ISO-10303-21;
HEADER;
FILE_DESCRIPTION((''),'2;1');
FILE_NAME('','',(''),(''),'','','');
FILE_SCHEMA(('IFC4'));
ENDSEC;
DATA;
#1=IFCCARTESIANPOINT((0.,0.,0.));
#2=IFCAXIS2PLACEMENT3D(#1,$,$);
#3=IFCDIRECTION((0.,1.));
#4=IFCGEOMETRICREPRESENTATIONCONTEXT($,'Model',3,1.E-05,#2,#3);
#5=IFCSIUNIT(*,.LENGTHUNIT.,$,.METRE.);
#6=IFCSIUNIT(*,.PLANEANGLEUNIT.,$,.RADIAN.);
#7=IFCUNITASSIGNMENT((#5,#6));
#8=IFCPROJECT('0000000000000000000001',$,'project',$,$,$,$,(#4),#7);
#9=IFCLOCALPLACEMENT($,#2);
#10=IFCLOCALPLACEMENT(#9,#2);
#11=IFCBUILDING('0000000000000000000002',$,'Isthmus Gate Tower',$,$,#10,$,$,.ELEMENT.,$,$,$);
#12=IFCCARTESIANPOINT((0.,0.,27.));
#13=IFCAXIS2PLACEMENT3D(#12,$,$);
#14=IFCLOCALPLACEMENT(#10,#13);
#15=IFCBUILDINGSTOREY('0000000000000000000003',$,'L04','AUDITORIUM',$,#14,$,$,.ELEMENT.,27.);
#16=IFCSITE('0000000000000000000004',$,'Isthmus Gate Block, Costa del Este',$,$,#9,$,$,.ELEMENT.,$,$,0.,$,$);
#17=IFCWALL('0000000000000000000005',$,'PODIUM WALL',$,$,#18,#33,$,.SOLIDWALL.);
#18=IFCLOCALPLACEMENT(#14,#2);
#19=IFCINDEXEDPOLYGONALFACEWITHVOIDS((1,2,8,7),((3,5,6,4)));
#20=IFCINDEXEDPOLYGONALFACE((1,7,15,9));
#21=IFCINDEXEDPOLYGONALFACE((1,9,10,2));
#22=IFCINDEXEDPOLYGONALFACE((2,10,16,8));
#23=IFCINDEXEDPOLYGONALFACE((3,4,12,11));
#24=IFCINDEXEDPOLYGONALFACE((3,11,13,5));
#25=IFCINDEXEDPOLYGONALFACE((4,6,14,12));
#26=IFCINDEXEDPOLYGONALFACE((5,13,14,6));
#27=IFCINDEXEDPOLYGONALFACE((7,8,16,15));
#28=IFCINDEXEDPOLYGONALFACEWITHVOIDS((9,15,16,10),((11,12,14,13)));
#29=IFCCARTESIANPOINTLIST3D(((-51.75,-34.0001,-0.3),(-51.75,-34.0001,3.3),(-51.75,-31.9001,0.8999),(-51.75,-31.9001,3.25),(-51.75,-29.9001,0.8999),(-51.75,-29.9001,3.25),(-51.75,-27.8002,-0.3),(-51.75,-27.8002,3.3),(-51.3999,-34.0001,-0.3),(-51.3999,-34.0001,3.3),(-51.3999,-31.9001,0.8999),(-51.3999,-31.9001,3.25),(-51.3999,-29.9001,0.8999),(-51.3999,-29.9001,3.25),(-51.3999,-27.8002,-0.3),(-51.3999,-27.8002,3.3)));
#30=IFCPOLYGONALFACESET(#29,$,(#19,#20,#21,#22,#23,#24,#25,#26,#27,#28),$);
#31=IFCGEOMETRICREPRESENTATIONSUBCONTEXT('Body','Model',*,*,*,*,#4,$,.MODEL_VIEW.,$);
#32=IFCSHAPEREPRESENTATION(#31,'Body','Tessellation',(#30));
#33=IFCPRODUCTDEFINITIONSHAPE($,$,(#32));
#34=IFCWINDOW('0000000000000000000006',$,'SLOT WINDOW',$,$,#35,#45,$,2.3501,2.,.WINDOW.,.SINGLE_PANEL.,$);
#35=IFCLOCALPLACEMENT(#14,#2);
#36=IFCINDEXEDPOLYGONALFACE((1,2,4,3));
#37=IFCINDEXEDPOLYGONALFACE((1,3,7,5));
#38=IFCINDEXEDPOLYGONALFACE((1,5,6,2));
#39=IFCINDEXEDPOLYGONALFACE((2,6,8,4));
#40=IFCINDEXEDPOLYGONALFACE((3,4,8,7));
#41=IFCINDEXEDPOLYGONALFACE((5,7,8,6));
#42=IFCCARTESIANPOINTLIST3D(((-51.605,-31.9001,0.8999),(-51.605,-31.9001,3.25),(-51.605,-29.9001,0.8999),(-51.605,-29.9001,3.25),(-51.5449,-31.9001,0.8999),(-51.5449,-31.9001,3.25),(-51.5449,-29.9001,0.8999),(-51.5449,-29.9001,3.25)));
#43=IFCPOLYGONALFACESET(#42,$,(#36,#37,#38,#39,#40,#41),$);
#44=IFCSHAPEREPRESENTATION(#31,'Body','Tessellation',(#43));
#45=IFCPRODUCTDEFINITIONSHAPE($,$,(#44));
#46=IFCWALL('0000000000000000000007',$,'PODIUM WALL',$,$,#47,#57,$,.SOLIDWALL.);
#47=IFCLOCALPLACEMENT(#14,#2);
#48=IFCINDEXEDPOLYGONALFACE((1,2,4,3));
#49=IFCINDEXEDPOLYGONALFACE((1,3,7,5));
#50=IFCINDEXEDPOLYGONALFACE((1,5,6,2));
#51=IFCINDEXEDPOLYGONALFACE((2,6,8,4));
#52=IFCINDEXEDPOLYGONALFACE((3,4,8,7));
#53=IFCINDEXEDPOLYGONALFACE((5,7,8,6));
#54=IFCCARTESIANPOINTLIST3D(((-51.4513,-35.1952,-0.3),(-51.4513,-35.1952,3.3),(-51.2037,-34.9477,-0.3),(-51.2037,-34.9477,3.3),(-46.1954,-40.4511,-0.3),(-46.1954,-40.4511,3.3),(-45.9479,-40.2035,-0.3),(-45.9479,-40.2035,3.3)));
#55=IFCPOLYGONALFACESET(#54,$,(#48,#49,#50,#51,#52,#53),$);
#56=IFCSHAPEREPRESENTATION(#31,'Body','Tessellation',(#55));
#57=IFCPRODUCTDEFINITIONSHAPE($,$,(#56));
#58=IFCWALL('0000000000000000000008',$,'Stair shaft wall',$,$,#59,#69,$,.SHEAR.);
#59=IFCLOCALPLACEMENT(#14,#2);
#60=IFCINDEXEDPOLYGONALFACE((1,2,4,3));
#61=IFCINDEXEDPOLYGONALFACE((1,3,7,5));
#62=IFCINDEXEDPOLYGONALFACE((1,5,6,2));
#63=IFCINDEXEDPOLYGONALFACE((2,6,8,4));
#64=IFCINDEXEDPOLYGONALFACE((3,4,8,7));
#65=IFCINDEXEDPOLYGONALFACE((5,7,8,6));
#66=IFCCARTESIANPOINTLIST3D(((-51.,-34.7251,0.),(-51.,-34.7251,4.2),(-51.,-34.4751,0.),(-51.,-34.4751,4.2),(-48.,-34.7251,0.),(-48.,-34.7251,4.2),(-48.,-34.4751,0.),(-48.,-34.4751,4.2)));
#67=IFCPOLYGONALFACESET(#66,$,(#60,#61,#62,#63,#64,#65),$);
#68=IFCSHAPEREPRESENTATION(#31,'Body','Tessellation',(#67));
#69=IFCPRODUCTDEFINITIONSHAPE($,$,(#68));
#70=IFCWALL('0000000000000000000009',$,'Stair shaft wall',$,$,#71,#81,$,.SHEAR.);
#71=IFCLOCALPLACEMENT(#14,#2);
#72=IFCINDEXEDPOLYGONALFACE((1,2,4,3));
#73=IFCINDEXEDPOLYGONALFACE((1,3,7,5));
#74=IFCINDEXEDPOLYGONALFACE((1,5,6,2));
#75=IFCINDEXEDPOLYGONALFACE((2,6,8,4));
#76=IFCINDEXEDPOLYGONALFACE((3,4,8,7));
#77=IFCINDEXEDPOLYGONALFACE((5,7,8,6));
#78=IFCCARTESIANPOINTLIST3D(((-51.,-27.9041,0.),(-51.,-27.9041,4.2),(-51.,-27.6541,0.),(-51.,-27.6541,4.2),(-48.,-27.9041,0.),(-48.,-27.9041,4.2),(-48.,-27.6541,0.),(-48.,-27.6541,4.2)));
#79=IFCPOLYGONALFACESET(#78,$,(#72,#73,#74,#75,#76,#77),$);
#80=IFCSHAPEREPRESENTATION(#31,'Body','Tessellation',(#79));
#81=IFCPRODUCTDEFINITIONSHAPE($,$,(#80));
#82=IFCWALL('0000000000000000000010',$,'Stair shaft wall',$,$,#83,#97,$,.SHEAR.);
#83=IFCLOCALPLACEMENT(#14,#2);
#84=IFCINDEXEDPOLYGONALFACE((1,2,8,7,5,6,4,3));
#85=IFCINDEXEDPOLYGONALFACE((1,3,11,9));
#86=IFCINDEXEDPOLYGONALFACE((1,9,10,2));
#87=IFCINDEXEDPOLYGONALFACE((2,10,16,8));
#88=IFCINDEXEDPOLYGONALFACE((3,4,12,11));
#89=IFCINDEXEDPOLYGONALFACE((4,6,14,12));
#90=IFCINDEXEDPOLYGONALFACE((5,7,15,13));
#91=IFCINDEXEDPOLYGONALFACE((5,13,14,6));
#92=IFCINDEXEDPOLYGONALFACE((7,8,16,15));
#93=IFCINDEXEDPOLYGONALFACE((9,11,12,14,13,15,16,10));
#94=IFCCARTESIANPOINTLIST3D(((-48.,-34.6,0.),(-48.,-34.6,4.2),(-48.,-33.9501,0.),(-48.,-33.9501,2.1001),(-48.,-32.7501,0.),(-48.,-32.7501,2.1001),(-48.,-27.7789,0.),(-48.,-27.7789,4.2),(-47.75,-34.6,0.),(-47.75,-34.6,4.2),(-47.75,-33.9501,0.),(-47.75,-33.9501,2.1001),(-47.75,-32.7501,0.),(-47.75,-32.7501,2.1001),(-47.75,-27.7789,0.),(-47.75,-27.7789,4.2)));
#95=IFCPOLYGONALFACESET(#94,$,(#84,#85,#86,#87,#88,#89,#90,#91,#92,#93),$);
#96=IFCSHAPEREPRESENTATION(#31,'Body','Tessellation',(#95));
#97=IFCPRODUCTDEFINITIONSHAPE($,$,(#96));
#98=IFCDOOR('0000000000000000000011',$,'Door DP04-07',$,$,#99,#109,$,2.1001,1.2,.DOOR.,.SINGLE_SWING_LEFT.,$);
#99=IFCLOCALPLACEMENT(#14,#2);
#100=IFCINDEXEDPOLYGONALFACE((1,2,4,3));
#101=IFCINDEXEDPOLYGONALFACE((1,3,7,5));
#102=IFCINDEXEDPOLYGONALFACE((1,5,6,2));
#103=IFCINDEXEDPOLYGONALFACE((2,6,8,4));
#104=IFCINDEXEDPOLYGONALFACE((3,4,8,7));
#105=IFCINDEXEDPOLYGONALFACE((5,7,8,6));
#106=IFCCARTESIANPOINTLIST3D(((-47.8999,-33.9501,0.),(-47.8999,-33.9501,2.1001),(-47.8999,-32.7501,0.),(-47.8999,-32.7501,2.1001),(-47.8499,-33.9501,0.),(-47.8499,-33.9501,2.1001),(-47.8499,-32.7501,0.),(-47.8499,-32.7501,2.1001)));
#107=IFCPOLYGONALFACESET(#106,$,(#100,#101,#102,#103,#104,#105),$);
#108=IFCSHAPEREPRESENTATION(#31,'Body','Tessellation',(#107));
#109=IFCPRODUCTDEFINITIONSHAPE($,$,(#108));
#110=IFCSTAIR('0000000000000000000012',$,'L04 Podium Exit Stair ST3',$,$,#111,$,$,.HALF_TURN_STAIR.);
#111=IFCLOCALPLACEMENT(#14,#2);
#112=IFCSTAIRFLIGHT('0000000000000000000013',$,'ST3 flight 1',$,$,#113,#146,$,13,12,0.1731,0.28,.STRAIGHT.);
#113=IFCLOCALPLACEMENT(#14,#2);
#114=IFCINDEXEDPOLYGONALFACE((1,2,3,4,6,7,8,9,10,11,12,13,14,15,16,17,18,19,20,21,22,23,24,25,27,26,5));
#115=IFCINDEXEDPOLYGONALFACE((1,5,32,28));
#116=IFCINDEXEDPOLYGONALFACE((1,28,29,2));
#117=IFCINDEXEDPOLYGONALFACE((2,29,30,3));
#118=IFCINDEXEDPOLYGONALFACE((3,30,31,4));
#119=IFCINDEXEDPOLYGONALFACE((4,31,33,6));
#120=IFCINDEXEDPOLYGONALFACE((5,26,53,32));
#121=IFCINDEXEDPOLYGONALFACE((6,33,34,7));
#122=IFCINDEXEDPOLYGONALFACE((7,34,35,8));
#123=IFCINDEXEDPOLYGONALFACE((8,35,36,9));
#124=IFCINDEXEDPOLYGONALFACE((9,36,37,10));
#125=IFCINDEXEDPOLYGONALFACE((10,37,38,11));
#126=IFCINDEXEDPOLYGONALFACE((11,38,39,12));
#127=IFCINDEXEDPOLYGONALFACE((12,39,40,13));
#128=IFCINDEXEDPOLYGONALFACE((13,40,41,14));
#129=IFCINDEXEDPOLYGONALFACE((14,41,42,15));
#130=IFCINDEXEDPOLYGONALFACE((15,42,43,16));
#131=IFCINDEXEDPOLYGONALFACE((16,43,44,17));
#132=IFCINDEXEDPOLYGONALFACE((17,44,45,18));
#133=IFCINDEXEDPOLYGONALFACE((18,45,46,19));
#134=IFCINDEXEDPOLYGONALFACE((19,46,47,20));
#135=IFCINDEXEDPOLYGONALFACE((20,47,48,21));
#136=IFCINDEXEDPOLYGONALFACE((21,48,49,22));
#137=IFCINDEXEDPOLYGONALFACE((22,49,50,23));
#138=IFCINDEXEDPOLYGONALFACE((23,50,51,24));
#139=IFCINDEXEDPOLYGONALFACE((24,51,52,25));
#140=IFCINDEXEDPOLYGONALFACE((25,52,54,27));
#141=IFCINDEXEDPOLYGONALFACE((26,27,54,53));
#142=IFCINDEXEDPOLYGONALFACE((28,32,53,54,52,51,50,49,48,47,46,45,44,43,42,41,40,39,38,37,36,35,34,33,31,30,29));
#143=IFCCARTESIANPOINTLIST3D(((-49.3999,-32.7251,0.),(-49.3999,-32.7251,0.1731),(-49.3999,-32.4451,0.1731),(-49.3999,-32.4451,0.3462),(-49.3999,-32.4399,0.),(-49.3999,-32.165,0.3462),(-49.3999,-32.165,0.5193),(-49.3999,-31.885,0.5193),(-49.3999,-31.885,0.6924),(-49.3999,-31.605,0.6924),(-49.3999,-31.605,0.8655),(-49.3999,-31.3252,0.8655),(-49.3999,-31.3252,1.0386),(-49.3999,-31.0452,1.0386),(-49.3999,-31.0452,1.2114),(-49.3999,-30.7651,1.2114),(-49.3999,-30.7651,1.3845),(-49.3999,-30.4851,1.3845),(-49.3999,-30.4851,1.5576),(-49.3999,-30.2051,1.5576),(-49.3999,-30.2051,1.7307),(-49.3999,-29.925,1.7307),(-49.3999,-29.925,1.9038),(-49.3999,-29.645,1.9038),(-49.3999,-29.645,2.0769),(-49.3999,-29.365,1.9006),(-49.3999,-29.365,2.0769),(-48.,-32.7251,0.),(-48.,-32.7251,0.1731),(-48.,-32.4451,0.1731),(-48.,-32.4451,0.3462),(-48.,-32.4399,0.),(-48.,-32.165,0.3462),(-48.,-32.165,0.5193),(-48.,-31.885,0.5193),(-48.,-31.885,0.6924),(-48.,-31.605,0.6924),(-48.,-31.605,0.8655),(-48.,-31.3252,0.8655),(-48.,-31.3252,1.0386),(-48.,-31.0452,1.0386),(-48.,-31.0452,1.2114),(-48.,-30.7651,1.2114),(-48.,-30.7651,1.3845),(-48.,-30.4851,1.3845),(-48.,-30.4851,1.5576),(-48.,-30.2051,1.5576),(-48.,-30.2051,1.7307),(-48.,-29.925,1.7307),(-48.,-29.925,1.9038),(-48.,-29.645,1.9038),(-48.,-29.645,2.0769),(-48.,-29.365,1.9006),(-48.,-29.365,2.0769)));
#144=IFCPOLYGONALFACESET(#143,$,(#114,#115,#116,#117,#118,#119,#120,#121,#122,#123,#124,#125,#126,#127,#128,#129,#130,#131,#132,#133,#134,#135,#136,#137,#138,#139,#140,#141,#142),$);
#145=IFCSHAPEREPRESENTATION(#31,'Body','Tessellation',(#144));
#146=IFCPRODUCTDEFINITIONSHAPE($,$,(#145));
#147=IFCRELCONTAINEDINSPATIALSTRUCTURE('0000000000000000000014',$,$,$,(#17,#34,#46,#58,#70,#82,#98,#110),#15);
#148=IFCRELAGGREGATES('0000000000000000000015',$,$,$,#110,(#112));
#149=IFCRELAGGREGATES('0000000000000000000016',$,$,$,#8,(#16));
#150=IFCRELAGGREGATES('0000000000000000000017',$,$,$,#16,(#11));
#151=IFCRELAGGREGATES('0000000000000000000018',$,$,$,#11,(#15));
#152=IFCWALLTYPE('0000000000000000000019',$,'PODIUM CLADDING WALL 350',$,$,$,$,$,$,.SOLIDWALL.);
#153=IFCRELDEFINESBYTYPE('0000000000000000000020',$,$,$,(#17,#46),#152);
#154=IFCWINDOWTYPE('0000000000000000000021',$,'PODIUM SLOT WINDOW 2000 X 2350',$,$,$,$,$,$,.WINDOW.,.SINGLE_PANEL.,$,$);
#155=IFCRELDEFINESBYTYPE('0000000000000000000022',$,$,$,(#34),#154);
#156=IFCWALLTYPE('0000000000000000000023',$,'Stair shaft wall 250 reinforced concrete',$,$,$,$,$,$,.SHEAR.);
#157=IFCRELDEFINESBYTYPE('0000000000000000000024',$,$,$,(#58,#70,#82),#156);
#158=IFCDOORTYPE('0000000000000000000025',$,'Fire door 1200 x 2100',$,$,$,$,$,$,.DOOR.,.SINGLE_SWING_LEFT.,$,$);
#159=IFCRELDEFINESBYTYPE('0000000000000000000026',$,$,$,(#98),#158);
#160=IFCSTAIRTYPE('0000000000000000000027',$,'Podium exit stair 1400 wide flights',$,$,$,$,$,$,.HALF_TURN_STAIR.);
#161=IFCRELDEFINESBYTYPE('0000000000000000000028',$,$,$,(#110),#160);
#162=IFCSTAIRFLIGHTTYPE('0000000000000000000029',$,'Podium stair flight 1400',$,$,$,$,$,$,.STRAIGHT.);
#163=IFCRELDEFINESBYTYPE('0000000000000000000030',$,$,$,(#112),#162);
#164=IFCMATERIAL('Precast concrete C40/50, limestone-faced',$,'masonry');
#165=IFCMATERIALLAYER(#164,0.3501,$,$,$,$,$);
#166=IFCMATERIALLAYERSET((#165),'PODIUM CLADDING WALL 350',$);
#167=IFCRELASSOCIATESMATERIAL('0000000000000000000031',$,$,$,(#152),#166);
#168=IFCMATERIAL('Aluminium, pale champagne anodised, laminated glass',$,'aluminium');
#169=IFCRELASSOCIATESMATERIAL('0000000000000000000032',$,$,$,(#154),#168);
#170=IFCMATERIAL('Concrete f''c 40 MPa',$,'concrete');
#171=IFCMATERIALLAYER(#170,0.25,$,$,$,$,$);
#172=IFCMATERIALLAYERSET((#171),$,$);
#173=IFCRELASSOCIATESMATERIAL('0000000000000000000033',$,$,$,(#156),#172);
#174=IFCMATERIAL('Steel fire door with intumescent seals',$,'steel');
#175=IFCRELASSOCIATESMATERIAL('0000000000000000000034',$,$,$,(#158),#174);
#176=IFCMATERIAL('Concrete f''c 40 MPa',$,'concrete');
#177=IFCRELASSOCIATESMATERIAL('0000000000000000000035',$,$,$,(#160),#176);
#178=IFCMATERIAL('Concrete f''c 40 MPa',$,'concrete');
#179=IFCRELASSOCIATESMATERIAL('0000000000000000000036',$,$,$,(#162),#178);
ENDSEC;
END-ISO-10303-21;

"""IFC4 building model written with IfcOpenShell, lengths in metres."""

from ifc_helpers import new_model, si_unit, direction, frame, frame_2d, origin, place, context, subcontext, project, spatial, polyline, rectangle, outline, extrude, material, layer, layer_set, type_object, element, fill, aggregate, save


model = new_model("IFC4")

# Units and contexts
model_context = context("Model", 3, precision=1e-05, world=origin(), true_north=direction((0.0, 1.0)))
body_context = subcontext(model_context, "Body", "Model", "MODEL_VIEW")
ifc_project = project(units=[si_unit("LENGTHUNIT", "METRE"), si_unit("PLANEANGLEUNIT", "RADIAN")], contexts=[model_context])

# Site, building, storey
site_placement = place(None, origin())
site = spatial("IfcSite", under=ifc_project, at=site_placement, Name="Isthmus Gate Block, Costa del Este", CompositionType="ELEMENT", RefElevation=0.0)
building_placement = place(site_placement, origin())
building = spatial("IfcBuilding", under=site, at=building_placement, Name="Isthmus Gate Tower", CompositionType="ELEMENT")
storey_placement = place(building_placement, frame((0.0, 0.0, 27.0)))
storey = spatial("IfcBuildingStorey", under=building, at=storey_placement, Name="L04", Description="AUDITORIUM", CompositionType="ELEMENT", Elevation=27.0)

# Wall, opening, window
ifc_material_1 = material(Name="Precast concrete C40/50, limestone-faced", Category="masonry")
ifc_layer_1 = layer(ifc_material_1, 0.3501)
ifc_layer_set_1 = layer_set([ifc_layer_1], Name="PODIUM CLADDING WALL 350")
wall_type_1 = type_object("IfcWallType", Name="PODIUM CLADDING WALL 350", PredefinedType="SOLIDWALL", material=ifc_layer_set_1)
wall_1_placement = place(storey_placement, frame((-51.575, -27.8, -0.3), z_axis=(0.0, 0.0, 1.0), x_axis=(0.0, -1.0, 0.0)))
wall_1 = element("IfcWall", 1, at=wall_1_placement, inside=storey, type_object=wall_type_1, Name="PODIUM WALL", PredefinedType="SOLIDWALL", context=body_context, shape_type="SweptSolid", body=[
    extrude(rectangle(XDim=6.2, YDim=0.3501, at=frame_2d((3.1001, 0.0))), origin(), (0.0, 0.0, 1.0), 3.6001),
])
opening_1_placement = place(wall_1_placement, frame((2.1001, 0.0, 1.2)))
opening_1 = element("IfcOpeningElement", 2, at=opening_1_placement, cuts=wall_1, PredefinedType="OPENING", context=body_context, shape_type="SweptSolid", body=[
    extrude(rectangle(XDim=2.0, YDim=2.3501, at=frame_2d((1.0, 1.175))), frame((0.0, 0.1851, 0.0), z_axis=(0.0, -1.0, 0.0), x_axis=(1.0, 0.0, 0.0)), (0.0, 0.0, 1.0), 0.3701),
])
ifc_material_2 = material(Name="Aluminium, pale champagne anodised, laminated glass", Category="aluminium")
window_type = type_object("IfcWindowType", Name="PODIUM SLOT WINDOW 2000 X 2350", PartitioningType="SINGLE_PANEL", PredefinedType="WINDOW", material=ifc_material_2)
window_placement = place(opening_1_placement, origin())
window = element("IfcWindow", 3, at=window_placement, inside=storey, type_object=window_type, Name="SLOT WINDOW", OverallHeight=2.3501, OverallWidth=2.0, PartitioningType="SINGLE_PANEL", PredefinedType="WINDOW", context=body_context, shape_type="SweptSolid", body=[
    extrude(rectangle(XDim=2.0, YDim=2.3501, at=frame_2d((1.0, 1.175))), frame((0.0, 0.03, 0.0), z_axis=(0.0, -1.0, 0.0), x_axis=(1.0, 0.0, 0.0)), (0.0, 0.0, 1.0), 0.0601),
])
fill(opening_1, window)

# Walls
wall_2_placement = place(storey_placement, frame((-51.3274, -35.0715, -0.3), z_axis=(0.0, 0.0, 1.0), x_axis=(0.707107, -0.707107, 0.0)))
element("IfcWall", 4, at=wall_2_placement, inside=storey, type_object=wall_type_1, Name="PODIUM WALL", PredefinedType="SOLIDWALL", context=body_context, shape_type="SweptSolid", body=[
    extrude(rectangle(XDim=7.4329, YDim=0.3501, at=frame_2d((3.7163, 0.0))), origin(), (0.0, 0.0, 1.0), 3.6001),
])
ifc_material_3 = material(Name="Concrete f'c 40 MPa", Category="concrete")
ifc_layer_2 = layer(ifc_material_3, 0.25)
ifc_layer_set_2 = layer_set([ifc_layer_2])
wall_type_2 = type_object("IfcWallType", Name="Stair shaft wall 250 reinforced concrete", PredefinedType="SHEAR", material=ifc_layer_set_2)
for number, where, z_axis, x_axis, name in (
    (5, (-51.0, -34.6001, 0.0), (0.0, 0.0, 1.0), (1.0, 0.0, 0.0), "Stair shaft wall"),
    (6, (-51.0, -27.7791, 0.0), (0.0, 0.0, 1.0), (1.0, 0.0, 0.0), "Stair shaft wall"),
):
    element("IfcWall", number, at=place(storey_placement, frame(where, z_axis=z_axis, x_axis=x_axis)), inside=storey, type_object=wall_type_2, Name=name, PredefinedType="SHEAR", context=body_context, shape_type="SweptSolid", body=[
        extrude(rectangle(XDim=3.0, YDim=0.25, at=frame_2d((1.5, 0.0))), origin(), (0.0, 0.0, 1.0), 4.2),
    ])

# Wall, opening, door
wall_3_placement = place(storey_placement, frame((-47.875, -34.6001, 0.0), z_axis=(0.0, 0.0, 1.0), x_axis=(0.0, 1.0, 0.0)))
wall_3 = element("IfcWall", 7, at=wall_3_placement, inside=storey, type_object=wall_type_2, Name="Stair shaft wall", PredefinedType="SHEAR", context=body_context, shape_type="SweptSolid", body=[
    extrude(rectangle(XDim=6.821, YDim=0.25, at=frame_2d((3.4106, 0.0))), origin(), (0.0, 0.0, 1.0), 4.2),
])
opening_2_placement = place(wall_3_placement, frame((0.6499, 0.0, 0.0)))
opening_2 = element("IfcOpeningElement", 8, at=opening_2_placement, cuts=wall_3, PredefinedType="OPENING", context=body_context, shape_type="SweptSolid", body=[
    extrude(rectangle(XDim=1.2, YDim=2.1001, at=frame_2d((0.6001, 1.05))), frame((0.0, 0.135, 0.0), z_axis=(0.0, -1.0, 0.0), x_axis=(1.0, 0.0, 0.0)), (0.0, 0.0, 1.0), 0.27),
])
ifc_material_4 = material(Name="Steel fire door with intumescent seals", Category="steel")
door_type = type_object("IfcDoorType", Name="Fire door 1200 x 2100", OperationType="SINGLE_SWING_LEFT", PredefinedType="DOOR", material=ifc_material_4)
door_placement = place(opening_2_placement, origin())
door = element("IfcDoor", 9, at=door_placement, inside=storey, type_object=door_type, Name="Door DP04-07", OperationType="SINGLE_SWING_LEFT", OverallHeight=2.1001, OverallWidth=1.2, PredefinedType="DOOR", context=body_context, shape_type="SweptSolid", body=[
    extrude(rectangle(XDim=1.2, YDim=2.1001, at=frame_2d((0.6001, 1.05))), frame((0.0, 0.0249, 0.0), z_axis=(0.0, -1.0, 0.0), x_axis=(1.0, 0.0, 0.0)), (0.0, 0.0, 1.0), 0.05),
])
fill(opening_2, door)

# Stair, stair flight
ifc_material_5 = material(Name="Concrete f'c 40 MPa", Category="concrete")
stair_type = type_object("IfcStairType", Name="Podium exit stair 1400 wide flights", PredefinedType="HALF_TURN_STAIR", material=ifc_material_5)
stair_placement = place(storey_placement, origin())
stair = element("IfcStair", 10, at=stair_placement, inside=storey, type_object=stair_type, Name="L04 Podium Exit Stair ST3", PredefinedType="HALF_TURN_STAIR")
ifc_material_6 = material(Name="Concrete f'c 40 MPa", Category="concrete")
stair_flight_type = type_object("IfcStairFlightType", Name="Podium stair flight 1400", PredefinedType="STRAIGHT", material=ifc_material_6)
stair_flight_1_placement = place(storey_placement, frame((-48.7, -32.7251, 0.0), z_axis=(0.0, 0.0, 1.0), x_axis=(0.0, 1.0, 0.0)))
stair_flight_1 = element("IfcStairFlight", 11, at=stair_flight_1_placement, type_object=stair_flight_type, Name="ST3 flight 1", NumberOfRisers=13, NumberOfTreads=12, PredefinedType="STRAIGHT", RiserHeight=0.1731, TreadLength=0.28, context=body_context, shape_type="SweptSolid", body=[
    extrude(outline(polyline([(0.0, 0.0), (0.0, 0.1731), (0.28, 0.1731), (0.28, 0.3462), (0.5601, 0.3462), (0.5601, 0.5193), (0.8401, 0.5193), (0.8401, 0.6924), (1.1201, 0.6924), (1.1201, 0.8655), (1.3999, 0.8655), (1.3999, 1.0386), (1.6799, 1.0386), (1.6799, 1.2114), (1.96, 1.2114), (1.96, 1.3845), (2.24, 1.3845), (2.24, 1.5576), (2.52, 1.5576), (2.52, 1.7307), (2.8, 1.7307), (2.8, 1.9038), (3.0801, 1.9038), (3.0801, 2.0769), (3.3601, 2.0769), (3.3601, 2.25), (3.3601, 1.9006), (0.2852, 0.0), (0.0, 0.0)])), frame((0.0, 0.7, 0.0), z_axis=(0.0, -1.0, 0.0), x_axis=(1.0, 0.0, 0.0)), (0.0, 0.0, 1.0), 1.3999),
])
aggregate(stair, [stair_flight_1])

save(model, "model.ifc")
